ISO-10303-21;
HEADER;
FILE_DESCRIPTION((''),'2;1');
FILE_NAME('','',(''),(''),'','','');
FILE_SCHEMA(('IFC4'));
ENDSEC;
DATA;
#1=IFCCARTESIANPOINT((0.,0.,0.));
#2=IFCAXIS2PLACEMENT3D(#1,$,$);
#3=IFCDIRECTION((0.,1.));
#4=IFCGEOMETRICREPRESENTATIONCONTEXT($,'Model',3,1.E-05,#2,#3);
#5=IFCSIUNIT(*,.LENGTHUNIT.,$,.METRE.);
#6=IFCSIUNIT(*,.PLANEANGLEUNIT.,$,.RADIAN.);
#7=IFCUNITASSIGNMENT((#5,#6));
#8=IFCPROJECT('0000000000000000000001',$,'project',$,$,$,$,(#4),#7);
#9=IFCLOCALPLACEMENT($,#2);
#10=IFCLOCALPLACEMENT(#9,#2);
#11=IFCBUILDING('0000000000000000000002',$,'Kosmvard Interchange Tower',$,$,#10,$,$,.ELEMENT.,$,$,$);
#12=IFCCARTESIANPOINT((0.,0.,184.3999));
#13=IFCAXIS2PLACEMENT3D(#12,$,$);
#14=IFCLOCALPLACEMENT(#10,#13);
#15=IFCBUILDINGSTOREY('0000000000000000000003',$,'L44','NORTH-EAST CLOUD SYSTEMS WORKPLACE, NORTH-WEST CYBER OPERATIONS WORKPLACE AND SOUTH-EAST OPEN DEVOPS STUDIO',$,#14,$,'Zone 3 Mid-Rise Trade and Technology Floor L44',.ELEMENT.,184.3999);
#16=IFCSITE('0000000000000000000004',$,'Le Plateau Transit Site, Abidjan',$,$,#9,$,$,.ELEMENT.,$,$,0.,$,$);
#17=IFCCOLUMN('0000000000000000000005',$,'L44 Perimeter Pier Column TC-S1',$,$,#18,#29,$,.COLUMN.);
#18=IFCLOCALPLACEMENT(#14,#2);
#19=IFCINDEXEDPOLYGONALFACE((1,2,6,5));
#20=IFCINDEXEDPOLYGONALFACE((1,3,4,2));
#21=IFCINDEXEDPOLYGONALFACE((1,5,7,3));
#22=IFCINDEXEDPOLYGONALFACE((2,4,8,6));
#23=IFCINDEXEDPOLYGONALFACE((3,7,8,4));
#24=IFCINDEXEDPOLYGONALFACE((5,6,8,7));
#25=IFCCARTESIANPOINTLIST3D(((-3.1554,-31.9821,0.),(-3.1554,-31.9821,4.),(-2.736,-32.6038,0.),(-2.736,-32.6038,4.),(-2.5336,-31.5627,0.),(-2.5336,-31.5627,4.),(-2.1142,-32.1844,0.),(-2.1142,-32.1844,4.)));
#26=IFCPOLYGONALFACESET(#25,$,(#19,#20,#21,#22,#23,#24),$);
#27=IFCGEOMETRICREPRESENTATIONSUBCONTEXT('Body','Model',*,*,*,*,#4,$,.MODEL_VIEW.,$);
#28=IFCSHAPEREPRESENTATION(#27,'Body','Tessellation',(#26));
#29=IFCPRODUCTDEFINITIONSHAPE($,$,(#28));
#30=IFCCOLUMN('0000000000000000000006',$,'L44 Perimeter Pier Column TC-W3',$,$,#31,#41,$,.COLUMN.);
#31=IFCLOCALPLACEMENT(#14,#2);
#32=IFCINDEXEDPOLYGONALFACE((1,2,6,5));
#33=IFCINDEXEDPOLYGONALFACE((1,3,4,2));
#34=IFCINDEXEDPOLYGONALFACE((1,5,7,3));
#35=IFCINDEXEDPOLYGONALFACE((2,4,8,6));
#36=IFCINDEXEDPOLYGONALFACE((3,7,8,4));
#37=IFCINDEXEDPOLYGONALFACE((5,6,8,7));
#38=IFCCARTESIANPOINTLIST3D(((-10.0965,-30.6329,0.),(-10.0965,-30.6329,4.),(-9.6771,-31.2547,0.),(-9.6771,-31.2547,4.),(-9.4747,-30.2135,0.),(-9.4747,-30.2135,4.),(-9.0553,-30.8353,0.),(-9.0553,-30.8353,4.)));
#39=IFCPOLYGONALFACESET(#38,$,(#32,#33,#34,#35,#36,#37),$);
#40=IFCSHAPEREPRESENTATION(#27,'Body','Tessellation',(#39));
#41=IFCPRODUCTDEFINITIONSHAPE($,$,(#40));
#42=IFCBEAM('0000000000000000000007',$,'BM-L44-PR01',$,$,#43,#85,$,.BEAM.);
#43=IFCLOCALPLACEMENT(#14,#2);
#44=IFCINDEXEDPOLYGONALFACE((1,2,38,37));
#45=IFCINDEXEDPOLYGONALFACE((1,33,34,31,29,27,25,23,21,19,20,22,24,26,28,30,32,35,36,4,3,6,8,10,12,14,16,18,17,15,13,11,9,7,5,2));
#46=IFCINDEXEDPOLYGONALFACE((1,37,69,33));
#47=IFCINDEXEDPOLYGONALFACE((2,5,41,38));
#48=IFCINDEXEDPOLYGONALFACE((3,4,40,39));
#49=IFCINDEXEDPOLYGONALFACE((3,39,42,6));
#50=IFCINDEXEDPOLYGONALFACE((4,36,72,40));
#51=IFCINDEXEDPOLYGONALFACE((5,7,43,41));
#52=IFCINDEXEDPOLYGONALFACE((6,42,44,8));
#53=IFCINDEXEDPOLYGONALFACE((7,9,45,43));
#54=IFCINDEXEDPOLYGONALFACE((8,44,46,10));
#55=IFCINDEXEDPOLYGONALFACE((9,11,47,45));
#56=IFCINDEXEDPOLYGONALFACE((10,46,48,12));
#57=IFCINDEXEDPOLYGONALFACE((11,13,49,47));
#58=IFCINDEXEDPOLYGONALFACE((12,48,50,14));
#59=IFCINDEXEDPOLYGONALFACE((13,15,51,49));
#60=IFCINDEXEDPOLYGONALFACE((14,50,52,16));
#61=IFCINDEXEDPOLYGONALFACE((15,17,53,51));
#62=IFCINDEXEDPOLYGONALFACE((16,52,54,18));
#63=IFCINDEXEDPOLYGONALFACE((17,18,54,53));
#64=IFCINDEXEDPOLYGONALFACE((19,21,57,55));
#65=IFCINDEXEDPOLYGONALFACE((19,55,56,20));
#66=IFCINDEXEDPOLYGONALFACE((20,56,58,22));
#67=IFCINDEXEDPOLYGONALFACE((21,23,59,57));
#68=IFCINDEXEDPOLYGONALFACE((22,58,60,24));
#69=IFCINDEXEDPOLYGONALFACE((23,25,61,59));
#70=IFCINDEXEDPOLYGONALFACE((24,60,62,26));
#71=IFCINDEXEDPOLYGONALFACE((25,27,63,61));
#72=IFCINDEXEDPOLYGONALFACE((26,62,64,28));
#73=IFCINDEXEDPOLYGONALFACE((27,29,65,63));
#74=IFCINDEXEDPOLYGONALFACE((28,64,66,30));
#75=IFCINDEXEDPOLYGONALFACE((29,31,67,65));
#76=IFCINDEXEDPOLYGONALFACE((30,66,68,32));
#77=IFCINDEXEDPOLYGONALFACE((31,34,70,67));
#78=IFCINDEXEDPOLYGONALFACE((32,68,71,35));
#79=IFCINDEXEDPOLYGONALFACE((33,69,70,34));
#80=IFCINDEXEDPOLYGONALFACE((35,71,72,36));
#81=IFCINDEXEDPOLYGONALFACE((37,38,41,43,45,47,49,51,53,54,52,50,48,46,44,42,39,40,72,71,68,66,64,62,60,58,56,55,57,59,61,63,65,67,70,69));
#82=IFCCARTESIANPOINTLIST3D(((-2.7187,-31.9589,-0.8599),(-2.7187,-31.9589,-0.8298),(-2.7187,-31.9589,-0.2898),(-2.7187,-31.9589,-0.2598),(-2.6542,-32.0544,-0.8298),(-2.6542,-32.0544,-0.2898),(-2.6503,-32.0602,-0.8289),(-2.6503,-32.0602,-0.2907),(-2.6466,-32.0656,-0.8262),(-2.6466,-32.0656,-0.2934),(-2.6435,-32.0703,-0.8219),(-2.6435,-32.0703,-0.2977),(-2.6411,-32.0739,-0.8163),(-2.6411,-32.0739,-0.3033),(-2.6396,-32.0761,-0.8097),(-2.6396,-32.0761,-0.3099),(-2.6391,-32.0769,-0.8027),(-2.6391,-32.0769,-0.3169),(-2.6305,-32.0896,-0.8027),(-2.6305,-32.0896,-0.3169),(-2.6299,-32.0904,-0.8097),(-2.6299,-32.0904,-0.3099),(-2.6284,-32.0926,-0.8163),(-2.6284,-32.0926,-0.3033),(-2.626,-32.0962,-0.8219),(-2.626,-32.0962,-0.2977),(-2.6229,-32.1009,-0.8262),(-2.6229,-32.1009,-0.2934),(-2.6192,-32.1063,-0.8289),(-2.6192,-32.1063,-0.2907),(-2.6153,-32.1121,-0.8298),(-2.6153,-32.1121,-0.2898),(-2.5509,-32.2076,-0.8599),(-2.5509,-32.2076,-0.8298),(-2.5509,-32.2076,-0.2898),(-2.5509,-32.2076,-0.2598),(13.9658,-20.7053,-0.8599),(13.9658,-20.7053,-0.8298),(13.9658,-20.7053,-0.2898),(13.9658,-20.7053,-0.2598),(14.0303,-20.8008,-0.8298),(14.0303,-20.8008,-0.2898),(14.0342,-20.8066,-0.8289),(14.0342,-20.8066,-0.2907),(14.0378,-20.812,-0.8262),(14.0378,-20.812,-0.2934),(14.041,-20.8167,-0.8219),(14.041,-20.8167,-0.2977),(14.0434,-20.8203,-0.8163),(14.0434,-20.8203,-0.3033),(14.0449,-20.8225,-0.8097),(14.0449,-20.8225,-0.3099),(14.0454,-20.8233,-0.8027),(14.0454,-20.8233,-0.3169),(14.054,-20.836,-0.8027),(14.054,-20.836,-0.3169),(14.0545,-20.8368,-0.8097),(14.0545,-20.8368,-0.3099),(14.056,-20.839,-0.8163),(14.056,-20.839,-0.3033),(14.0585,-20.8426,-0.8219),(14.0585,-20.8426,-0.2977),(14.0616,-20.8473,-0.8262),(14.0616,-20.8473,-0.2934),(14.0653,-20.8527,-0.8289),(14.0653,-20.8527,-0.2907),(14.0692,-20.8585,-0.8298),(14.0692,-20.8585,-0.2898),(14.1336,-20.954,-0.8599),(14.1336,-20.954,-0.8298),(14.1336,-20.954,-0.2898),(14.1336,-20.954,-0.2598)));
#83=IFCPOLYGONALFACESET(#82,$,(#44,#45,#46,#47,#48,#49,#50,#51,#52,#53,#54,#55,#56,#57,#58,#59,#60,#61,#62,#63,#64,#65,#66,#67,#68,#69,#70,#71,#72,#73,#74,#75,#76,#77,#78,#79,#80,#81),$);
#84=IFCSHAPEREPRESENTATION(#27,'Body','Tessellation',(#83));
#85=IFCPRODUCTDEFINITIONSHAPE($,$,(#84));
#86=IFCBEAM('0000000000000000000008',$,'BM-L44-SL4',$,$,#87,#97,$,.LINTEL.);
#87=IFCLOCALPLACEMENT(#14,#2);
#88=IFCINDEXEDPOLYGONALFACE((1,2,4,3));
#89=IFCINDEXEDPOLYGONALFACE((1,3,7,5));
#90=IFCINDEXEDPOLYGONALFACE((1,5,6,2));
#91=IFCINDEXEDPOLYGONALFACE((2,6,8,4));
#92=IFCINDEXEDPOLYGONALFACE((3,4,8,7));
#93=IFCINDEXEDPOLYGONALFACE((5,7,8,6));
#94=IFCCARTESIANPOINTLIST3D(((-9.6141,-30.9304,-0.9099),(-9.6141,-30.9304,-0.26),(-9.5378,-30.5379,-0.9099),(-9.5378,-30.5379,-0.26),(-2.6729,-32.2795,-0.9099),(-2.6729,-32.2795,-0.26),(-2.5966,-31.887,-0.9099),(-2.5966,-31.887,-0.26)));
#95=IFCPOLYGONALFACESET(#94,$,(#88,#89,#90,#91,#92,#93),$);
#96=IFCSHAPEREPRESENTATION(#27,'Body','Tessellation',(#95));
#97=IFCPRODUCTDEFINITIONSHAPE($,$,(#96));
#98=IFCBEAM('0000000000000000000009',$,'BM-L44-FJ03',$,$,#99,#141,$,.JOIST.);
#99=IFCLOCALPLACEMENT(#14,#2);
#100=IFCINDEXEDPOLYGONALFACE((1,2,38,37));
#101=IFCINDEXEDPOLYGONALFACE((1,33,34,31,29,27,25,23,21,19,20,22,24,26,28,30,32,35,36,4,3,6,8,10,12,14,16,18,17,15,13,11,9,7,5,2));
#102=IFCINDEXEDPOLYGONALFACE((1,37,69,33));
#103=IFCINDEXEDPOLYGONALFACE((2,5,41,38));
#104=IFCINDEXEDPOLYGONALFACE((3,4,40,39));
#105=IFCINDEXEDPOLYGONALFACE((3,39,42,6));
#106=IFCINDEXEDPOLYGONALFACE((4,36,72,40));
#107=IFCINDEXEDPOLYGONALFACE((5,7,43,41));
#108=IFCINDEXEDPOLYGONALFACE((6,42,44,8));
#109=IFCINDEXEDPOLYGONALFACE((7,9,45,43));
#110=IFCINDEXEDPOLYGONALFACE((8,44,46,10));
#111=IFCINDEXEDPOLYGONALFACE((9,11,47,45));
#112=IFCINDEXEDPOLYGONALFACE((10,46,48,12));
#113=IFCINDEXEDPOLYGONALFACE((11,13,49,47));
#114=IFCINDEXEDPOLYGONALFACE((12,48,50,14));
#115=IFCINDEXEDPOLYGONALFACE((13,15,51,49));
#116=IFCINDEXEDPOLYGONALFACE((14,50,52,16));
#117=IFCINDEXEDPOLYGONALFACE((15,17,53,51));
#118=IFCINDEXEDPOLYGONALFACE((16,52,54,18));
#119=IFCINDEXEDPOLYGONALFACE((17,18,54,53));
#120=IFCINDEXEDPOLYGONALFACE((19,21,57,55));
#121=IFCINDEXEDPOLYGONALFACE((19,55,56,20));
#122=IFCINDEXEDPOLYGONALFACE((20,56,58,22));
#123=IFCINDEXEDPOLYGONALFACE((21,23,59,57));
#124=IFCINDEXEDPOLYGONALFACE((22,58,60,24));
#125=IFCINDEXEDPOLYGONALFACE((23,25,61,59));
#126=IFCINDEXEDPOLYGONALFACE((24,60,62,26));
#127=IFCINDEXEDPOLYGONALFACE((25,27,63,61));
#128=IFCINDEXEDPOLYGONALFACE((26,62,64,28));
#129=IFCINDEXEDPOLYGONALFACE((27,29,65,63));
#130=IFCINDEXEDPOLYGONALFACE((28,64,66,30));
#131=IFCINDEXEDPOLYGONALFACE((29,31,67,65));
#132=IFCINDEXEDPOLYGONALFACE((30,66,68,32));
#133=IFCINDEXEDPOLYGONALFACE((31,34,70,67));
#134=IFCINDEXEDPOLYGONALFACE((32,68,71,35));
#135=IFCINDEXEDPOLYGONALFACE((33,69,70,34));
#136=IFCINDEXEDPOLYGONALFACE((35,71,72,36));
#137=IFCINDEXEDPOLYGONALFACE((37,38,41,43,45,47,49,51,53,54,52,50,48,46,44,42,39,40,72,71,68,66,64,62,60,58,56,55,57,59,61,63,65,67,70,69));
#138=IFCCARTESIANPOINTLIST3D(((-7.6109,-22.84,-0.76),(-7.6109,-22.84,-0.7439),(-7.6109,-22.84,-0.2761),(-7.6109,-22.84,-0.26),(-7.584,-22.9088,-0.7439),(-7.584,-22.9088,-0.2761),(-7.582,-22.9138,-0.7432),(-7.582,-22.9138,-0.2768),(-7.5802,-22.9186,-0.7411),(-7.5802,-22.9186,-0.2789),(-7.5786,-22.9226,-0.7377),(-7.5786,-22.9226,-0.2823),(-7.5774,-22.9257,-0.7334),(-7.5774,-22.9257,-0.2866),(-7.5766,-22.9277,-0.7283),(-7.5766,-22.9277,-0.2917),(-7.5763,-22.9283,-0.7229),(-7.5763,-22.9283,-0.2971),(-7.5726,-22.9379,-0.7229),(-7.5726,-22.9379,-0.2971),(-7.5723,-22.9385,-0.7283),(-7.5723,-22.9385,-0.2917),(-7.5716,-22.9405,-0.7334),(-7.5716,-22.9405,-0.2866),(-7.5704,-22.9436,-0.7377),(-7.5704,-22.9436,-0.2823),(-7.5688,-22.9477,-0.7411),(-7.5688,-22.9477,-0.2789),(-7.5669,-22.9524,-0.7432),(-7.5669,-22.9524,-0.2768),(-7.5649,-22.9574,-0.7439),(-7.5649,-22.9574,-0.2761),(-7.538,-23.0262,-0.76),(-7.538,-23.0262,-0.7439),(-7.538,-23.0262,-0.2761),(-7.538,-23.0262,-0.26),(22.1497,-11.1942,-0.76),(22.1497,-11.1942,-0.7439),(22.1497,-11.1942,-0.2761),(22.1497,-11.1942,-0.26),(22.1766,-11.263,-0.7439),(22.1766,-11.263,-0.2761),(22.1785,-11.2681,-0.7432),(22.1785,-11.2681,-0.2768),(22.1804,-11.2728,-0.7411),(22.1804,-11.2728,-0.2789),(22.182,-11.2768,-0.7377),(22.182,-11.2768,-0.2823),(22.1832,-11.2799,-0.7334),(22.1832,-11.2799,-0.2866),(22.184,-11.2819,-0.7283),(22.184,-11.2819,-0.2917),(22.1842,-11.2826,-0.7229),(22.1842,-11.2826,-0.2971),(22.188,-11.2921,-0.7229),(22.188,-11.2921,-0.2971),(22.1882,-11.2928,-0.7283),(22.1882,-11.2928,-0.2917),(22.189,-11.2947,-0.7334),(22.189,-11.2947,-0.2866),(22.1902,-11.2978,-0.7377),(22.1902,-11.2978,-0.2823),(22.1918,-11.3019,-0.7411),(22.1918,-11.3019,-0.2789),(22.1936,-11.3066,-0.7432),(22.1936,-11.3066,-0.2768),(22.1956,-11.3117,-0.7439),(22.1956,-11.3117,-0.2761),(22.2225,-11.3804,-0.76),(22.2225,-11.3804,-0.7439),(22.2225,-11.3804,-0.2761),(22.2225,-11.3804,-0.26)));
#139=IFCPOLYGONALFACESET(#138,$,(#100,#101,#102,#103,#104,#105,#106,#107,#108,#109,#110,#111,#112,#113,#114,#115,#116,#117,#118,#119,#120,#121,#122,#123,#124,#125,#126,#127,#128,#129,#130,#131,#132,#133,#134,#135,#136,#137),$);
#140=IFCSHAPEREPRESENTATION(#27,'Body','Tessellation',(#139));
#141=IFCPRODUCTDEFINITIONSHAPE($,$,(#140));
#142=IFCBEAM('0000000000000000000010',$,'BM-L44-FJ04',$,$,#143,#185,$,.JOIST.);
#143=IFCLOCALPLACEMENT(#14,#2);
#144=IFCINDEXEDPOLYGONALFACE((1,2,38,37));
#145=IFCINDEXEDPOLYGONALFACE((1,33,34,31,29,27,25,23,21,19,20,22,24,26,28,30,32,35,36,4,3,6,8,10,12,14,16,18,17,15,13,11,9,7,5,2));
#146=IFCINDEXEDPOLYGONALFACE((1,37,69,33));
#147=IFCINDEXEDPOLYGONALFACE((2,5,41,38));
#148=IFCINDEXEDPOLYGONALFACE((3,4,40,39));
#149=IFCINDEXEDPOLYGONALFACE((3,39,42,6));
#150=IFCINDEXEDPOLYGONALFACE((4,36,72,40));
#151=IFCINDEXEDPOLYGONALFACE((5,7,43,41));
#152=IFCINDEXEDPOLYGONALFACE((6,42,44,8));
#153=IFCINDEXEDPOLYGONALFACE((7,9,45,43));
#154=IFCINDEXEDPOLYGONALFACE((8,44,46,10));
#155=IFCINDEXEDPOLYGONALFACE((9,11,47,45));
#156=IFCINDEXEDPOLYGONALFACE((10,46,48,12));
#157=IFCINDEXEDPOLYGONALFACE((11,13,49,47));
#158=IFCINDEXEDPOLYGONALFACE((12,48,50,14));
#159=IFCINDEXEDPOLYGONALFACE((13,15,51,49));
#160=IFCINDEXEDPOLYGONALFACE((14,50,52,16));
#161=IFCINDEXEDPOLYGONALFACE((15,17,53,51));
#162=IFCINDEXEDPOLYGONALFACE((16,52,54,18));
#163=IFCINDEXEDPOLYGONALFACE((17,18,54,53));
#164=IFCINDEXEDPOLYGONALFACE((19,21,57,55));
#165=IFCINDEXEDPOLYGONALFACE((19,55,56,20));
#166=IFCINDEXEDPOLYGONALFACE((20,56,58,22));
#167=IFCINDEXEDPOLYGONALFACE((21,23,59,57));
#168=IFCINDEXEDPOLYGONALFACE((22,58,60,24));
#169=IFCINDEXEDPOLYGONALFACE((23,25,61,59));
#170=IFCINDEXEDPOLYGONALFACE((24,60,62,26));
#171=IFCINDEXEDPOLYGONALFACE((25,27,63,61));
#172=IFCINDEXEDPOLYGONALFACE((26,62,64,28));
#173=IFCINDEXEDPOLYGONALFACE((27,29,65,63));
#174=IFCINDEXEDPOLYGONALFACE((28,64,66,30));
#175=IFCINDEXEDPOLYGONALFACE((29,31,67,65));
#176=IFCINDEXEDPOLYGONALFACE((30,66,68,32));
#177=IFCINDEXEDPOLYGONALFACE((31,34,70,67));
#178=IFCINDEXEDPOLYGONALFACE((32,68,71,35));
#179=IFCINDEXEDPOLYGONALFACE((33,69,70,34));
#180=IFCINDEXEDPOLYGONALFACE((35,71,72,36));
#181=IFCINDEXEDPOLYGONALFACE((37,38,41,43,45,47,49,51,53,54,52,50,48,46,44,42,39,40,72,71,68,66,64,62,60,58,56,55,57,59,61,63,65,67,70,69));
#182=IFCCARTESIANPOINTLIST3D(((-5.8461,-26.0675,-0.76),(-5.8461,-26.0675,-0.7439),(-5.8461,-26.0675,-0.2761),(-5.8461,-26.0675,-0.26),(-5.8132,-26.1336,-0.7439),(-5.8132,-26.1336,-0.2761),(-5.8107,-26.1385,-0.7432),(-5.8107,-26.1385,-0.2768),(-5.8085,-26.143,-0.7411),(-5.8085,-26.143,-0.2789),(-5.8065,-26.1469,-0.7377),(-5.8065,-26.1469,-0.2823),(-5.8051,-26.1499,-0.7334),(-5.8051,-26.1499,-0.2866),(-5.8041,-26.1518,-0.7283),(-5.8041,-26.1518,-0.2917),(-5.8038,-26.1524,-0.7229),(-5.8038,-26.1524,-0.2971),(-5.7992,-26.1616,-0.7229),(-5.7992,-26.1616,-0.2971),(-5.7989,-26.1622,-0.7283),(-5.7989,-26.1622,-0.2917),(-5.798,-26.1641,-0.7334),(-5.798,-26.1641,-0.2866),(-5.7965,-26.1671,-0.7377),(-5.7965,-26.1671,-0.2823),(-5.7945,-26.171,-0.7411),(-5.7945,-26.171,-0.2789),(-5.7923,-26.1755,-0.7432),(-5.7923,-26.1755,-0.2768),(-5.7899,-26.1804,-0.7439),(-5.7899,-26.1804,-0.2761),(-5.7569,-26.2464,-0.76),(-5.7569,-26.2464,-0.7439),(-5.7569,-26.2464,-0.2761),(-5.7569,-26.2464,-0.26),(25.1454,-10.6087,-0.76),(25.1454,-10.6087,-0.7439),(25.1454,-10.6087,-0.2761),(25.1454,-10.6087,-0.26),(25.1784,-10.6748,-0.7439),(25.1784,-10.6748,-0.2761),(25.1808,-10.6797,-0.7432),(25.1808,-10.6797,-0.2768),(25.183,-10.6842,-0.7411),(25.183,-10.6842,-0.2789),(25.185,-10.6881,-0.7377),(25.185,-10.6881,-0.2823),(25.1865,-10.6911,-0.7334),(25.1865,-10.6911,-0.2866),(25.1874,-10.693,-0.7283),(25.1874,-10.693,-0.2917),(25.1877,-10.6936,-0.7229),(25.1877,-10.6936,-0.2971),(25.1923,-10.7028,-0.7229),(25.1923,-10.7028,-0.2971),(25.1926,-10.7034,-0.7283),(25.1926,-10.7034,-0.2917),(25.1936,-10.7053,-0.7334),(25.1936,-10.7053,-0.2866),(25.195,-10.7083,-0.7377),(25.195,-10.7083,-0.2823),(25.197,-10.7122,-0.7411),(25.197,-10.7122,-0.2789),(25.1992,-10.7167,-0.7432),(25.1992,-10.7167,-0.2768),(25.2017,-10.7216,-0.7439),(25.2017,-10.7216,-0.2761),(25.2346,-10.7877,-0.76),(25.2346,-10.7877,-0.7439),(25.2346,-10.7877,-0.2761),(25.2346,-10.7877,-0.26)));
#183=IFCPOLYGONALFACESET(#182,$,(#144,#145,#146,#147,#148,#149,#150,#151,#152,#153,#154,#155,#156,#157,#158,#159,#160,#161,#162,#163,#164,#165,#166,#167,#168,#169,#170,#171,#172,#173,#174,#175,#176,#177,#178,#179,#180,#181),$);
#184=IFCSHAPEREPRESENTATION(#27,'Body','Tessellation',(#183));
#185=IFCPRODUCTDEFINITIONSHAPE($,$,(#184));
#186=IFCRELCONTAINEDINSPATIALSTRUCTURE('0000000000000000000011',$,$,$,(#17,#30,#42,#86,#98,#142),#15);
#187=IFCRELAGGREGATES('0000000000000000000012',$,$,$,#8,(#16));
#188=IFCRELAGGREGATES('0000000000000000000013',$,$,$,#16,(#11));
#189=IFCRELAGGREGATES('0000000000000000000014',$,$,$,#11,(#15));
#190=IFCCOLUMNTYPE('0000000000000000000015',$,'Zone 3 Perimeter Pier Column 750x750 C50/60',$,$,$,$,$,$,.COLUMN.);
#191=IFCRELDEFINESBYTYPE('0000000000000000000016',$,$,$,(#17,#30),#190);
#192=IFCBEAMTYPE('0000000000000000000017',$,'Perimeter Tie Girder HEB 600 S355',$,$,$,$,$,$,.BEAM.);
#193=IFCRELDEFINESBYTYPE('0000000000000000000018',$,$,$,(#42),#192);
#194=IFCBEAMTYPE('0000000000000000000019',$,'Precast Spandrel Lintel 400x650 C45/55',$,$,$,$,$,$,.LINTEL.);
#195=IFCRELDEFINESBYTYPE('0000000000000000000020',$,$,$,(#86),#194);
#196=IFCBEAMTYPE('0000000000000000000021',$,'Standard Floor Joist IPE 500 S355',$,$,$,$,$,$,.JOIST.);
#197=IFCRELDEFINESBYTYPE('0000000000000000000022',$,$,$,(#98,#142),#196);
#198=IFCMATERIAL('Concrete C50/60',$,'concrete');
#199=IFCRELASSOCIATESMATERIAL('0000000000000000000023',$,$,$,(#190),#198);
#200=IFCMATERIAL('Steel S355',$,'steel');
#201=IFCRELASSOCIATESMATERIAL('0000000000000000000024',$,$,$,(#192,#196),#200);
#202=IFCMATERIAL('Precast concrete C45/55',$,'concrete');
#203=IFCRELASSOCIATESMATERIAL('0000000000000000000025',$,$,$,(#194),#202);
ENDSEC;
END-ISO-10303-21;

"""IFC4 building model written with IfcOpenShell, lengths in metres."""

from ifc_helpers import new_model, si_unit, direction, frame, origin, origin_2d, place, context, subcontext, project, spatial, rectangle, i_section, extrude, source, transform, mapped, material, material_profile, profile_set, type_object, element, save


model = new_model("IFC4")

# Units and contexts
model_context = context("Model", 3, precision=1e-05, world=origin(), true_north=direction((0.0, 1.0)))
body_context = subcontext(model_context, "Body", "Model", "MODEL_VIEW")
ifc_project = project(units=[si_unit("LENGTHUNIT", "METRE"), si_unit("PLANEANGLEUNIT", "RADIAN")], contexts=[model_context])

# Site, building, storey
site_placement = place(None, origin())
site = spatial("IfcSite", under=ifc_project, at=site_placement, Name="Le Plateau Transit Site, Abidjan", CompositionType="ELEMENT", RefElevation=0.0)
building_placement = place(site_placement, origin())
building = spatial("IfcBuilding", under=site, at=building_placement, Name="Kosmvard Interchange Tower", CompositionType="ELEMENT")
storey_placement = place(building_placement, frame((0.0, 0.0, 184.3999)))
storey = spatial("IfcBuildingStorey", under=building, at=storey_placement, Name="L44", Description="NORTH-EAST CLOUD SYSTEMS WORKPLACE, NORTH-WEST CYBER OPERATIONS WORKPLACE AND SOUTH-EAST OPEN DEVOPS STUDIO", LongName="Zone 3 Mid-Rise Trade and Technology Floor L44", CompositionType="ELEMENT", Elevation=184.3999)

# Columns
ifc_material_1 = material(Name="Concrete C50/60", Category="concrete")
ifc_material_profile_1 = material_profile(ifc_material_1, rectangle(XDim=0.75, YDim=0.75, at=origin_2d()), Name="TC 750x750")
ifc_profile_set_1 = profile_set([ifc_material_profile_1], Name="Concrete C50/60")
column_type = type_object("IfcColumnType", Name="Zone 3 Perimeter Pier Column 750x750 C50/60", PredefinedType="COLUMN", material=ifc_profile_set_1)
shared_shape_1 = source(origin(), body_context, "Body", "SweptSolid", [
    extrude(rectangle(XDim=0.75, YDim=0.75, at=origin_2d()), origin(), (0.0, 0.0, 1.0), 4.0),
])
for number, where, z_axis, x_axis, name in (
    (1, (-2.6348, -32.0833, 0.0), (0.0, 0.0, 1.0), (0.829038, 0.559193, 0.0), "L44 Perimeter Pier Column TC-S1"),
    (2, (-9.5759, -30.7341, 0.0), (0.0, 0.0, 1.0), (0.829038, 0.559193, 0.0), "L44 Perimeter Pier Column TC-W3"),
):
    element("IfcColumn", number, at=place(storey_placement, frame(where, z_axis=z_axis, x_axis=x_axis)), inside=storey, type_object=column_type, Name=name, PredefinedType="COLUMN", context=body_context, shape_type="MappedRepresentation", body=[
        mapped(shared_shape_1, transform((0.0, 0.0, 0.0), scale=1.0)),
    ])

# Beams
ifc_material_2 = material(Name="Steel S355", Category="steel")
ifc_material_profile_2 = material_profile(ifc_material_2, i_section(OverallWidth=0.3, OverallDepth=0.6001, WebThickness=0.0154, FlangeThickness=0.03, FilletRadius=0.0271, at=origin_2d()), Name="HEB 600")
ifc_profile_set_2 = profile_set([ifc_material_profile_2], Name="Steel S355")
beam_type_1 = type_object("IfcBeamType", Name="Perimeter Tie Girder HEB 600 S355", PredefinedType="BEAM", material=ifc_profile_set_2)
shared_shape_2 = source(origin(), body_context, "Body", "SweptSolid", [
    extrude(i_section(OverallWidth=0.3, OverallDepth=0.6001, WebThickness=0.0154, FlangeThickness=0.03, FilletRadius=0.0271, at=origin_2d()), origin(), (0.0, 0.0, 1.0), 20.125),
])
beam_1_placement = place(storey_placement, frame((-2.6348, -32.0833, -0.5598), z_axis=(0.829043, 0.559185, 0.0), x_axis=(-0.559185, 0.829043, 0.0)))
element("IfcBeam", 3, at=beam_1_placement, inside=storey, type_object=beam_type_1, Name="BM-L44-PR01", PredefinedType="BEAM", context=body_context, shape_type="MappedRepresentation", body=[
    mapped(shared_shape_2, transform((0.0, 0.0, 0.0), scale=1.0)),
])
ifc_material_3 = material(Name="Precast concrete C45/55", Category="concrete")
ifc_material_profile_3 = material_profile(ifc_material_3, rectangle(XDim=0.3999, YDim=0.6499, at=origin_2d()), Name="SL 400x650")
ifc_profile_set_3 = profile_set([ifc_material_profile_3], Name="Precast concrete C45/55")
beam_type_2 = type_object("IfcBeamType", Name="Precast Spandrel Lintel 400x650 C45/55", PredefinedType="LINTEL", material=ifc_profile_set_3)
shared_shape_3 = source(origin(), body_context, "Body", "SweptSolid", [
    extrude(rectangle(XDim=0.3999, YDim=0.6499, at=origin_2d()), origin(), (0.0, 0.0, 1.0), 7.071),
])
beam_2_placement = place(storey_placement, frame((-9.5759, -30.7341, -0.585), z_axis=(0.98163, -0.190795, 0.0), x_axis=(0.190795, 0.98163, 0.0)))
element("IfcBeam", 4, at=beam_2_placement, inside=storey, type_object=beam_type_2, Name="BM-L44-SL4", PredefinedType="LINTEL", context=body_context, shape_type="MappedRepresentation", body=[
    mapped(shared_shape_3, transform((0.0, 0.0, 0.0), scale=1.0)),
])
ifc_material_profile_4 = material_profile(ifc_material_2, i_section(OverallWidth=0.2, OverallDepth=0.5, WebThickness=0.0103, FlangeThickness=0.0161, FilletRadius=0.021, at=origin_2d()), Name="IPE 500")
ifc_profile_set_4 = profile_set([ifc_material_profile_4], Name="Steel S355")
beam_type_3 = type_object("IfcBeamType", Name="Standard Floor Joist IPE 500 S355", PredefinedType="JOIST", material=ifc_profile_set_4)
shared_shape_4 = source(origin(), body_context, "Body", "SweptSolid", [
    extrude(i_section(OverallWidth=0.2, OverallDepth=0.5, WebThickness=0.0103, FlangeThickness=0.0161, FilletRadius=0.021, at=origin_2d()), origin(), (0.0, 0.0, 1.0), 31.958),
])
beam_3_placement = place(storey_placement, frame((-7.5745, -22.9331, -0.51), z_axis=(0.931239, 0.364409, 0.0), x_axis=(-0.364409, 0.931239, 0.0)))
element("IfcBeam", 5, at=beam_3_placement, inside=storey, type_object=beam_type_3, Name="BM-L44-FJ03", PredefinedType="JOIST", context=body_context, shape_type="MappedRepresentation", body=[
    mapped(shared_shape_4, transform((0.0, 0.0, 0.0), scale=1.0)),
])
shared_shape_5 = source(origin(), body_context, "Body", "SweptSolid", [
    extrude(i_section(OverallWidth=0.2, OverallDepth=0.5, WebThickness=0.0103, FlangeThickness=0.0161, FilletRadius=0.021, at=origin_2d()), origin(), (0.0, 0.0, 1.0), 34.6331),
])
beam_4_placement = place(storey_placement, frame((-5.8015, -26.157, -0.51), z_axis=(0.894854, 0.446359, 0.0), x_axis=(-0.446359, 0.894854, 0.0)))
element("IfcBeam", 6, at=beam_4_placement, inside=storey, type_object=beam_type_3, Name="BM-L44-FJ04", PredefinedType="JOIST", context=body_context, shape_type="MappedRepresentation", body=[
    mapped(shared_shape_5, transform((0.0, 0.0, 0.0), scale=1.0)),
])

save(model, "model.ifc")
